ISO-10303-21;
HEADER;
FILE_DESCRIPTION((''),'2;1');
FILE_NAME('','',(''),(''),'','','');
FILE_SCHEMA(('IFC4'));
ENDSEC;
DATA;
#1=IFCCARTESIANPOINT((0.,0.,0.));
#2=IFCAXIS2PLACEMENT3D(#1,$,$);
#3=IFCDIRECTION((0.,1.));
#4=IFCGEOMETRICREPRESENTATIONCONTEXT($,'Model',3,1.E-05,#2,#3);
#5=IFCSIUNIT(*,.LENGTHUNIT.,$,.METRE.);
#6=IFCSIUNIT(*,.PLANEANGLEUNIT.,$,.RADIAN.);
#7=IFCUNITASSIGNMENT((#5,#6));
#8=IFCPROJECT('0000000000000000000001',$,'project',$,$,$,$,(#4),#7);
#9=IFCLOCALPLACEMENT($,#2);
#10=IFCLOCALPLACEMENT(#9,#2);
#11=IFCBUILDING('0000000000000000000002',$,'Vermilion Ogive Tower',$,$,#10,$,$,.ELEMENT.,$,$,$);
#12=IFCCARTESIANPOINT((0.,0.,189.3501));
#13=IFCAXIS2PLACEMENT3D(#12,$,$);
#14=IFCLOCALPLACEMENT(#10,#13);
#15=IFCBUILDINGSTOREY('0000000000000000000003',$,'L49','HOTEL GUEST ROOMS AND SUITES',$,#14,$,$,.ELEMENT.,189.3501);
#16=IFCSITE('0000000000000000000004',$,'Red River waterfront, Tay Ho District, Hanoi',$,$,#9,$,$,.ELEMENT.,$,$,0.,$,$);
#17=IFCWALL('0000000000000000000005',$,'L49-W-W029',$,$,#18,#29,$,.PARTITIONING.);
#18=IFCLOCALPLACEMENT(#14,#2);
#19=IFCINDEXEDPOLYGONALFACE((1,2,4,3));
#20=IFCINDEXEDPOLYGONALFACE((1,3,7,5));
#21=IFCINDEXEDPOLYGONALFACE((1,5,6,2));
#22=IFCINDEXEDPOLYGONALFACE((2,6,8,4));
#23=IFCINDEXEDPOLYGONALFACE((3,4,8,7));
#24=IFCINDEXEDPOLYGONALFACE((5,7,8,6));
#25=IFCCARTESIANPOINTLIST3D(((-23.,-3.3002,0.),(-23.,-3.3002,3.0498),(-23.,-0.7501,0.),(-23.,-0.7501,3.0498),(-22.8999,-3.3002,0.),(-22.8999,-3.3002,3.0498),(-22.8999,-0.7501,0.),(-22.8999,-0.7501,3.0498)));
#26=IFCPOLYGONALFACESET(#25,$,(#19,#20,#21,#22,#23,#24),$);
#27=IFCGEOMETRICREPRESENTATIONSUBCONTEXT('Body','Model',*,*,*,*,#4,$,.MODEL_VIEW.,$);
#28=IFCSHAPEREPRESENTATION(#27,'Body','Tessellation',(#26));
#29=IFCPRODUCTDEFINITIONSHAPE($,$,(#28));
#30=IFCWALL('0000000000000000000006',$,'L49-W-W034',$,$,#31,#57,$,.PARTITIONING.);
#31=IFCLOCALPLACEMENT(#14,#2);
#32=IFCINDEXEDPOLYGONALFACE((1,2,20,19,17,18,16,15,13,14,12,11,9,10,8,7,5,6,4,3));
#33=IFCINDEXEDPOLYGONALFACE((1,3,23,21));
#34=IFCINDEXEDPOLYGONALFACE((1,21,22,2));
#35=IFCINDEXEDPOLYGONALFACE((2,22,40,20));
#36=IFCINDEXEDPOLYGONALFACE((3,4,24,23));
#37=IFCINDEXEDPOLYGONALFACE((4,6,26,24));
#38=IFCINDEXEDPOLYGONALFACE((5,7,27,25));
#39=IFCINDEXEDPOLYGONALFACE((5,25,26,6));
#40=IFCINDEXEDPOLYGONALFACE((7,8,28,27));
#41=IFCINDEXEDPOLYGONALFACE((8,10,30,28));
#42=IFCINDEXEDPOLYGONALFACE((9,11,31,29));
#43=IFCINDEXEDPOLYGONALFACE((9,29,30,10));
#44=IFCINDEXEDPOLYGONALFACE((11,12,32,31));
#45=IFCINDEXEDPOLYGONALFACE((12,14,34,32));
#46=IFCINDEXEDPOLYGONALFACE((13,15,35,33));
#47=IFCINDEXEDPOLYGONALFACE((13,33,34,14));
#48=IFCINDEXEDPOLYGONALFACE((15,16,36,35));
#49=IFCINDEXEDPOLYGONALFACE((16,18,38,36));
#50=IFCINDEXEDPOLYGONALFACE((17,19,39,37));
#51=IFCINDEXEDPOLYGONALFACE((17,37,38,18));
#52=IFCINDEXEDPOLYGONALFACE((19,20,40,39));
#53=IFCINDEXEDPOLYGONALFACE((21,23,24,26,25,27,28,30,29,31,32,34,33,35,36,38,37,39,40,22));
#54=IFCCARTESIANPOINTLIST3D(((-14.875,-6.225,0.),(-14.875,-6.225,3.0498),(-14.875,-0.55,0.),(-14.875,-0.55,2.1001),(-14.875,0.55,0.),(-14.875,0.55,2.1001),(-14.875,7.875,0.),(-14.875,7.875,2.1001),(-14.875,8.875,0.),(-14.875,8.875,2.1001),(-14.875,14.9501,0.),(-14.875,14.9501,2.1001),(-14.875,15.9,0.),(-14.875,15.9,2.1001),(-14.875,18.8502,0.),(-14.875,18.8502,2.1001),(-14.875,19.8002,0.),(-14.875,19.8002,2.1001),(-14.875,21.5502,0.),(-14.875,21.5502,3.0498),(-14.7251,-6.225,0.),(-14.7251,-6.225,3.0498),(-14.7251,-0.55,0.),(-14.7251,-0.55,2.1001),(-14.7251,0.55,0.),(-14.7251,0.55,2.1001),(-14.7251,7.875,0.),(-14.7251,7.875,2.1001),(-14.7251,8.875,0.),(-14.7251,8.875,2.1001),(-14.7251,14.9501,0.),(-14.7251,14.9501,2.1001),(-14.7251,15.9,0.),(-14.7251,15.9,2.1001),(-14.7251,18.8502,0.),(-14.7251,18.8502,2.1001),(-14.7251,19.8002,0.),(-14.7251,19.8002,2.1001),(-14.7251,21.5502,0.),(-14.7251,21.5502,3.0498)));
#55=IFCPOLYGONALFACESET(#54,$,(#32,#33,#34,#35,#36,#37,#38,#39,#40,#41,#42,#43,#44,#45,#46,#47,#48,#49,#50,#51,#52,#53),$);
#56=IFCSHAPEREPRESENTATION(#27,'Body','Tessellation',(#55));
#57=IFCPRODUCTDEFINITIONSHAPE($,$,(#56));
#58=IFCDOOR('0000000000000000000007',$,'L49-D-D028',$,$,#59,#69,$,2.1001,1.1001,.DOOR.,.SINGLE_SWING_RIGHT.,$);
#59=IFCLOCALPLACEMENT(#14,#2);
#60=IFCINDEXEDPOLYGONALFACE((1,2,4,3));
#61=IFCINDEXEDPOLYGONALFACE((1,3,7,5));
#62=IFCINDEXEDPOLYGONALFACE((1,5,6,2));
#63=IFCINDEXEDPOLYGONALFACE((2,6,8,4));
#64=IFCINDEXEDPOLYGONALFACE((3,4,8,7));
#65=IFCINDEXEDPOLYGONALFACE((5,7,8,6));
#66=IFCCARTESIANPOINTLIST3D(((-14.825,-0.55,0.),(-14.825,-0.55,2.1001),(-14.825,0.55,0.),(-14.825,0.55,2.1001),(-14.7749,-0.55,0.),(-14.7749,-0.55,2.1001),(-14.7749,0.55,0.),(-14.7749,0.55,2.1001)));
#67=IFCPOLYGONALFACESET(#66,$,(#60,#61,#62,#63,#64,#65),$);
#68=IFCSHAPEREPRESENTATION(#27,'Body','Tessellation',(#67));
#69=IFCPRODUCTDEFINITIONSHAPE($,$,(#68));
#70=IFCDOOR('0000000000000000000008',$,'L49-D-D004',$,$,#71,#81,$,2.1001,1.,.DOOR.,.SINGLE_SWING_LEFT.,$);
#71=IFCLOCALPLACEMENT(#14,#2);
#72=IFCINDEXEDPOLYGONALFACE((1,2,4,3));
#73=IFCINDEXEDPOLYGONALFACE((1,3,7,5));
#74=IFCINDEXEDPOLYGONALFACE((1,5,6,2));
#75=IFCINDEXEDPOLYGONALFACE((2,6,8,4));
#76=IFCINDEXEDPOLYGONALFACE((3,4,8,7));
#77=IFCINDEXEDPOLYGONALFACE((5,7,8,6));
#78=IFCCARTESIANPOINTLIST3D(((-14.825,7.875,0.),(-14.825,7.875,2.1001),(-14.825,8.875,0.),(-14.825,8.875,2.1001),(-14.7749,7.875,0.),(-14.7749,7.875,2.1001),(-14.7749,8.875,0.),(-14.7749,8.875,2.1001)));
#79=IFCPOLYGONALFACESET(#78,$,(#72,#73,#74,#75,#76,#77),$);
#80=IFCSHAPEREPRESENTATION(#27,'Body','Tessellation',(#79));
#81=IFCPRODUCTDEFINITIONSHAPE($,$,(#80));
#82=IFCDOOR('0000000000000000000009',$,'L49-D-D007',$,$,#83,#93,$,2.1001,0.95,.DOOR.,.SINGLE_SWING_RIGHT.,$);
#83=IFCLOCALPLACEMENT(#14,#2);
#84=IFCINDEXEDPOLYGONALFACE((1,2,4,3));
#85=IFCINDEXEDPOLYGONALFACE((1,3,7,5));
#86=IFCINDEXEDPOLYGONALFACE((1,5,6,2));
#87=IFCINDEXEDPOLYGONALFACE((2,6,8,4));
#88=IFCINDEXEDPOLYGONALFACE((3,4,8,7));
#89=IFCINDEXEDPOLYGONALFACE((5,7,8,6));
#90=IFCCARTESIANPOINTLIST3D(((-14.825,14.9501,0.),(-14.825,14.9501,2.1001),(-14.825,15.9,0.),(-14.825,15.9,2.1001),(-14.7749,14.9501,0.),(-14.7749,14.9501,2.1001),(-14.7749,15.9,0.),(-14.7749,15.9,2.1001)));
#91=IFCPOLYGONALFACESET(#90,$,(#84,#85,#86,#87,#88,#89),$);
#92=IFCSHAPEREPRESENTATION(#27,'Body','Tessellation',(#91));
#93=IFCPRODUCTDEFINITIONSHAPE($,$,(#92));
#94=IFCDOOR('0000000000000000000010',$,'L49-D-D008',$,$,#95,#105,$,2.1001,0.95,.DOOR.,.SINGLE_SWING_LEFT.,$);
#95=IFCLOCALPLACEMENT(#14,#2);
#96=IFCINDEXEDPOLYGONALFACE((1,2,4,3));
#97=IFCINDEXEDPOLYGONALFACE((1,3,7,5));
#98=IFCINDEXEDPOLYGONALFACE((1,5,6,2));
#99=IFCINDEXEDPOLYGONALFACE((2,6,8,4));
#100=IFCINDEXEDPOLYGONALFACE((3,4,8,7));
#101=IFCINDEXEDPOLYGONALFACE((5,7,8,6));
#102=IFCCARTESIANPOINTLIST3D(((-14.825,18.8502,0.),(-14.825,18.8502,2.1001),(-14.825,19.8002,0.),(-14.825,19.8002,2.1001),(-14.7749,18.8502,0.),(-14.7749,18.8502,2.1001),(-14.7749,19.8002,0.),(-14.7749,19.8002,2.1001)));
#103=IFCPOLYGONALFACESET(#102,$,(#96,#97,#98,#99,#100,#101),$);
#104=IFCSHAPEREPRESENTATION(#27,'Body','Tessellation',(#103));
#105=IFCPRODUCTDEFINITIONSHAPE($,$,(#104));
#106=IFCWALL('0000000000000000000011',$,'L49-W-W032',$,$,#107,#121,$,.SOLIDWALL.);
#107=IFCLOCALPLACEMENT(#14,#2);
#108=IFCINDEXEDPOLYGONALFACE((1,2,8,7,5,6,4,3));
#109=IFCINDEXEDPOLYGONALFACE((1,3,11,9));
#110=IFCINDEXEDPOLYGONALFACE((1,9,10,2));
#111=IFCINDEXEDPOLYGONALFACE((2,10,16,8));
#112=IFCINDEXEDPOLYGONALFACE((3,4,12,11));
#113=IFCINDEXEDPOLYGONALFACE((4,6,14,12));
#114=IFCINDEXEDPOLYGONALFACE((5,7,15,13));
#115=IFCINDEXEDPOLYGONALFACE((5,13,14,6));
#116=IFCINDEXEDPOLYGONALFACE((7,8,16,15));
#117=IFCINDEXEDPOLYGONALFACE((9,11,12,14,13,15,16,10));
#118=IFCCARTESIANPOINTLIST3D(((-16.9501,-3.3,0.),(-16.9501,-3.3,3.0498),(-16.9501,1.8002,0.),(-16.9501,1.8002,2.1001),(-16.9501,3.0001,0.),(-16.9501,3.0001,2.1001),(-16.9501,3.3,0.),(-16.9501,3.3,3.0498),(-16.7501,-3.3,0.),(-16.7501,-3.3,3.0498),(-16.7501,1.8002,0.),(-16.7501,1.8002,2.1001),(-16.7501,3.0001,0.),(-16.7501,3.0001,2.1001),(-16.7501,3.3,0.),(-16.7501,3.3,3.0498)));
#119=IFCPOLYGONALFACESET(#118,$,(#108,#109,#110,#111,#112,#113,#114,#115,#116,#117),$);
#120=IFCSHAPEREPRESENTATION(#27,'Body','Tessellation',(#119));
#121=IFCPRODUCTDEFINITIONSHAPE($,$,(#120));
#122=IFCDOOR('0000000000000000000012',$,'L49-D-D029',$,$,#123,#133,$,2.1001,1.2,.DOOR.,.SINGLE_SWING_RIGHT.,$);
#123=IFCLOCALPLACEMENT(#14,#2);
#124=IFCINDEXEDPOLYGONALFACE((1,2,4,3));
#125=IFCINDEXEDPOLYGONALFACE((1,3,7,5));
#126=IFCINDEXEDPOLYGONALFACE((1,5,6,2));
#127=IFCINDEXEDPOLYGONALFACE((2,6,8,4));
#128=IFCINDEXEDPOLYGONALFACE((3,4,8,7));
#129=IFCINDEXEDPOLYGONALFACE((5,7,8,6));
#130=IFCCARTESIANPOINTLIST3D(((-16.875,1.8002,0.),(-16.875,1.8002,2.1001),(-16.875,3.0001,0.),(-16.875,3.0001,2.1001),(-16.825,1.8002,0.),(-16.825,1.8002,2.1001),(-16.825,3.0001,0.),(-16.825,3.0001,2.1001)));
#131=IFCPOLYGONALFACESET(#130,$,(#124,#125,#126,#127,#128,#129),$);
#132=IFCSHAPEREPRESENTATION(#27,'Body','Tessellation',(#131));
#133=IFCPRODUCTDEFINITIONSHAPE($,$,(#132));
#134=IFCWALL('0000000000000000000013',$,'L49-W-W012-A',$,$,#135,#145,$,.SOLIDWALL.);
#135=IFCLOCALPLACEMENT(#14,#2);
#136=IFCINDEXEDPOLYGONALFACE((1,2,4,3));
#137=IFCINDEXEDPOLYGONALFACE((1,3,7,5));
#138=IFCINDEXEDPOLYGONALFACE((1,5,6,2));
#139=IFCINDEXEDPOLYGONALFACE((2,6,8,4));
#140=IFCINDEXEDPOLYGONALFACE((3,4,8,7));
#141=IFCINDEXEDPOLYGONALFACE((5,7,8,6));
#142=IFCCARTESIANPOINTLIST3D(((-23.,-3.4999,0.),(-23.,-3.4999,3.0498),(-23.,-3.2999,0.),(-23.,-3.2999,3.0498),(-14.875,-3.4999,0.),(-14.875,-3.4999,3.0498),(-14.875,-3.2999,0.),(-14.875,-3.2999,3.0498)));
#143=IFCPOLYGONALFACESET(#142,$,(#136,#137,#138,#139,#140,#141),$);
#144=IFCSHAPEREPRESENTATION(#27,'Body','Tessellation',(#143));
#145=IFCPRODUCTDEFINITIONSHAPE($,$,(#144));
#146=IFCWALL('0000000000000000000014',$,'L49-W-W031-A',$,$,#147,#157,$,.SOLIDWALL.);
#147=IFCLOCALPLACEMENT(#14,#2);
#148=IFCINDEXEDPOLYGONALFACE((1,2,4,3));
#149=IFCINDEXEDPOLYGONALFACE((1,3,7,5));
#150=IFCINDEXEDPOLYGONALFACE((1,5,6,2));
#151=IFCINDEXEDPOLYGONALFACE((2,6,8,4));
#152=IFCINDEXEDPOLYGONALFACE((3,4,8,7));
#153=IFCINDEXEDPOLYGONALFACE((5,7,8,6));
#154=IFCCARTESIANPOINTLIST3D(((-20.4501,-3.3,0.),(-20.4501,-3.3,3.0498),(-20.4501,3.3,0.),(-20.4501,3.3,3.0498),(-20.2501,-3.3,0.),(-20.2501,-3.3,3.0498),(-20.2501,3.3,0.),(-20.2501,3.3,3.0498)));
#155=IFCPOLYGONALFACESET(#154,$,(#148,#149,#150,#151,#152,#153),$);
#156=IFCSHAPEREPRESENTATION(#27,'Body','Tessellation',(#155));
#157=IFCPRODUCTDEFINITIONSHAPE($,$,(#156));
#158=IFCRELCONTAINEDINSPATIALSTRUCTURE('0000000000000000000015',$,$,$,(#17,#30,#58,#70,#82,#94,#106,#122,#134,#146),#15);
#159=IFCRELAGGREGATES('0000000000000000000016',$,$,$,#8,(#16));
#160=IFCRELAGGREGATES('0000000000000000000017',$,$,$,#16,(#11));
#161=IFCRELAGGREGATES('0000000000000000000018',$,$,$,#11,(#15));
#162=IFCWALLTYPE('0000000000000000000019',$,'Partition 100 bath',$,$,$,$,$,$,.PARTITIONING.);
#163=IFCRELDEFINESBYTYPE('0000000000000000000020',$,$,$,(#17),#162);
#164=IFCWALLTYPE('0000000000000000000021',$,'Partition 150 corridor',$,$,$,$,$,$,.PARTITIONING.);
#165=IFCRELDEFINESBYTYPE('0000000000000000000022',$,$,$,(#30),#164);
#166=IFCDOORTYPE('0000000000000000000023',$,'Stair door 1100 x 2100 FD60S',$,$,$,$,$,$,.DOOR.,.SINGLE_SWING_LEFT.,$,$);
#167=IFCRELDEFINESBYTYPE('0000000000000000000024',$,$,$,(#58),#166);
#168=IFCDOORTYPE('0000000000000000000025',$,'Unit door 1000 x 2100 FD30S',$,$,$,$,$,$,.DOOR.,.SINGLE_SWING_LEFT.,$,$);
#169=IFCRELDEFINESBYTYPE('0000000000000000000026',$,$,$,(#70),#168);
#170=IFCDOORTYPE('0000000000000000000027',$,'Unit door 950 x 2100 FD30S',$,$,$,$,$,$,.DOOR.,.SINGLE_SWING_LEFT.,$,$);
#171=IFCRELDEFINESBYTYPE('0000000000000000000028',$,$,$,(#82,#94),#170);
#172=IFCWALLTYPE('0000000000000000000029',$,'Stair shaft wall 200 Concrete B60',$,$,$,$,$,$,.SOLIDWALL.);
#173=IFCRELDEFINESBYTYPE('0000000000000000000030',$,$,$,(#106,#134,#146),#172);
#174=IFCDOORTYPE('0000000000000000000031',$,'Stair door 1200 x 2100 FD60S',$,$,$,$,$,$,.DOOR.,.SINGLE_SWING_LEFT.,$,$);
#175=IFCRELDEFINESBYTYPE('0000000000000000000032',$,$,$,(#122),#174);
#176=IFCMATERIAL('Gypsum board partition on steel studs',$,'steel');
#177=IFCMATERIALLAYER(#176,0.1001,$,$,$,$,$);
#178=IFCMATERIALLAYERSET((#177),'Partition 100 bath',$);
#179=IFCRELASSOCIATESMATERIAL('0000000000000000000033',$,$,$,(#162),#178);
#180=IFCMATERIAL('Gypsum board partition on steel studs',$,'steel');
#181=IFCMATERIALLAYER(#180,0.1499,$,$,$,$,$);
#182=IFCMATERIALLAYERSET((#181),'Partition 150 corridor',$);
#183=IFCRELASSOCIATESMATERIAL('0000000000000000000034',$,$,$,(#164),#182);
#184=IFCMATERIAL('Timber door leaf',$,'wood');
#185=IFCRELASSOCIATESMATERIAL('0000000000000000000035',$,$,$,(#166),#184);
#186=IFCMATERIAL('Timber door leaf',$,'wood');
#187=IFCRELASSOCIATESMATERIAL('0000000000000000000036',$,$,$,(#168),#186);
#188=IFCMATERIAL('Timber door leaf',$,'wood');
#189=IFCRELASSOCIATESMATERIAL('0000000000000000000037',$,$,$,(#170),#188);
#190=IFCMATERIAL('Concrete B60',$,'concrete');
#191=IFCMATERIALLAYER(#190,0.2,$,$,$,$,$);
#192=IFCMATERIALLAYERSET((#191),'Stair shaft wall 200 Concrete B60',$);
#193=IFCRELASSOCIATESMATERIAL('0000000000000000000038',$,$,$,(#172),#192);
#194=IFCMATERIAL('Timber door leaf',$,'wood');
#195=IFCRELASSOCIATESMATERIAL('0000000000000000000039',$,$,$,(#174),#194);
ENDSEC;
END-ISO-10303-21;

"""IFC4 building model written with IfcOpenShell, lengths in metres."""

from ifc_helpers import new_model, si_unit, direction, frame, frame_2d, origin, place, context, subcontext, project, spatial, rectangle, extrude, material, layer, layer_set, type_object, element, fill, save


model = new_model("IFC4")

# Units and contexts
model_context = context("Model", 3, precision=1e-05, world=origin(), true_north=direction((0.0, 1.0)))
body_context = subcontext(model_context, "Body", "Model", "MODEL_VIEW")
ifc_project = project(units=[si_unit("LENGTHUNIT", "METRE"), si_unit("PLANEANGLEUNIT", "RADIAN")], contexts=[model_context])

# Site, building, storey
site_placement = place(None, origin())
site = spatial("IfcSite", under=ifc_project, at=site_placement, Name="Red River waterfront, Tay Ho District, Hanoi", CompositionType="ELEMENT", RefElevation=0.0)
building_placement = place(site_placement, origin())
building = spatial("IfcBuilding", under=site, at=building_placement, Name="Vermilion Ogive Tower", CompositionType="ELEMENT")
storey_placement = place(building_placement, frame((0.0, 0.0, 189.3501)))
storey = spatial("IfcBuildingStorey", under=building, at=storey_placement, Name="L49", Description="HOTEL GUEST ROOMS AND SUITES", CompositionType="ELEMENT", Elevation=189.3501)

# Wall
ifc_material_1 = material(Name="Gypsum board partition on steel studs", Category="steel")
ifc_layer_1 = layer(ifc_material_1, 0.1001)
ifc_layer_set_1 = layer_set([ifc_layer_1], Name="Partition 100 bath")
wall_type_1 = type_object("IfcWallType", Name="Partition 100 bath", PredefinedType="PARTITIONING", material=ifc_layer_set_1)
wall_1_placement = place(storey_placement, frame((-22.95, -3.3, 0.0), z_axis=(0.0, 0.0, 1.0), x_axis=(0.0, 1.0, 0.0)))
element("IfcWall", 1, at=wall_1_placement, inside=storey, type_object=wall_type_1, Name="L49-W-W029", PredefinedType="PARTITIONING", context=body_context, shape_type="SweptSolid", body=[
    extrude(rectangle(XDim=2.55, YDim=0.1001, at=frame_2d((1.2749, 0.0))), origin(), (0.0, 0.0, 1.0), 3.0498),
])

# Wall, openings, doors
ifc_material_2 = material(Name="Gypsum board partition on steel studs", Category="steel")
ifc_layer_2 = layer(ifc_material_2, 0.1499)
ifc_layer_set_2 = layer_set([ifc_layer_2], Name="Partition 150 corridor")
wall_type_2 = type_object("IfcWallType", Name="Partition 150 corridor", PredefinedType="PARTITIONING", material=ifc_layer_set_2)
wall_2_placement = place(storey_placement, frame((-14.8, -6.2251, 0.0), z_axis=(0.0, 0.0, 1.0), x_axis=(0.0, 1.0, 0.0)))
wall_2 = element("IfcWall", 2, at=wall_2_placement, inside=storey, type_object=wall_type_2, Name="L49-W-W034", PredefinedType="PARTITIONING", context=body_context, shape_type="SweptSolid", body=[
    extrude(rectangle(XDim=27.7751, YDim=0.1499, at=frame_2d((13.8877, 0.0))), origin(), (0.0, 0.0, 1.0), 3.0498),
])
opening_1_placement = place(wall_2_placement, frame((14.1001, 0.0, 0.0)))
opening_1 = element("IfcOpeningElement", 3, at=opening_1_placement, cuts=wall_2, PredefinedType="OPENING", context=body_context, shape_type="SweptSolid", body=[
    extrude(rectangle(XDim=1.0, YDim=2.1001, at=frame_2d((0.5, 1.05))), frame((0.0, 0.085, 0.0), z_axis=(0.0, -1.0, 0.0), x_axis=(1.0, 0.0, 0.0)), (0.0, 0.0, 1.0), 0.1699),
])
opening_2_placement = place(wall_2_placement, frame((21.175, 0.0, 0.0)))
opening_2 = element("IfcOpeningElement", 4, at=opening_2_placement, cuts=wall_2, PredefinedType="OPENING", context=body_context, shape_type="SweptSolid", body=[
    extrude(rectangle(XDim=0.95, YDim=2.1001, at=frame_2d((0.4751, 1.05))), frame((0.0, 0.085, 0.0), z_axis=(0.0, -1.0, 0.0), x_axis=(1.0, 0.0, 0.0)), (0.0, 0.0, 1.0), 0.1699),
])
opening_3_placement = place(wall_2_placement, frame((25.0752, 0.0, 0.0)))
opening_3 = element("IfcOpeningElement", 5, at=opening_3_placement, cuts=wall_2, PredefinedType="OPENING", context=body_context, shape_type="SweptSolid", body=[
    extrude(rectangle(XDim=0.95, YDim=2.1001, at=frame_2d((0.4751, 1.05))), frame((0.0, 0.085, 0.0), z_axis=(0.0, -1.0, 0.0), x_axis=(1.0, 0.0, 0.0)), (0.0, 0.0, 1.0), 0.1699),
])
opening_4_placement = place(wall_2_placement, frame((5.675, 0.0, 0.0)))
opening_4 = element("IfcOpeningElement", 6, at=opening_4_placement, cuts=wall_2, PredefinedType="OPENING", context=body_context, shape_type="SweptSolid", body=[
    extrude(rectangle(XDim=1.1001, YDim=2.1001, at=frame_2d((0.55, 1.05))), frame((0.0, 0.085, 0.0), z_axis=(0.0, -1.0, 0.0), x_axis=(1.0, 0.0, 0.0)), (0.0, 0.0, 1.0), 0.1699),
])
ifc_material_3 = material(Name="Timber door leaf", Category="wood")
door_type_1 = type_object("IfcDoorType", Name="Stair door 1100 x 2100 FD60S", OperationType="SINGLE_SWING_LEFT", PredefinedType="DOOR", material=ifc_material_3)
door_1_placement = place(opening_4_placement, origin())
door_1 = element("IfcDoor", 7, at=door_1_placement, inside=storey, type_object=door_type_1, Name="L49-D-D028", OperationType="SINGLE_SWING_RIGHT", OverallHeight=2.1001, OverallWidth=1.1001, PredefinedType="DOOR", context=body_context, shape_type="SweptSolid", body=[
    extrude(rectangle(XDim=1.1001, YDim=2.1001, at=frame_2d((0.55, 1.05))), frame((0.0, 0.0249, 0.0), z_axis=(0.0, -1.0, 0.0), x_axis=(1.0, 0.0, 0.0)), (0.0, 0.0, 1.0), 0.05),
])
fill(opening_4, door_1)
ifc_material_4 = material(Name="Timber door leaf", Category="wood")
door_type_2 = type_object("IfcDoorType", Name="Unit door 1000 x 2100 FD30S", OperationType="SINGLE_SWING_LEFT", PredefinedType="DOOR", material=ifc_material_4)
door_2_placement = place(opening_1_placement, origin())
door_2 = element("IfcDoor", 8, at=door_2_placement, inside=storey, type_object=door_type_2, Name="L49-D-D004", OperationType="SINGLE_SWING_LEFT", OverallHeight=2.1001, OverallWidth=1.0, PredefinedType="DOOR", context=body_context, shape_type="SweptSolid", body=[
    extrude(rectangle(XDim=1.0, YDim=2.1001, at=frame_2d((0.5, 1.05))), frame((0.0, 0.0249, 0.0), z_axis=(0.0, -1.0, 0.0), x_axis=(1.0, 0.0, 0.0)), (0.0, 0.0, 1.0), 0.05),
])
fill(opening_1, door_2)
ifc_material_5 = material(Name="Timber door leaf", Category="wood")
door_type_3 = type_object("IfcDoorType", Name="Unit door 950 x 2100 FD30S", OperationType="SINGLE_SWING_LEFT", PredefinedType="DOOR", material=ifc_material_5)
door_3_placement = place(opening_2_placement, origin())
door_3 = element("IfcDoor", 9, at=door_3_placement, inside=storey, type_object=door_type_3, Name="L49-D-D007", OperationType="SINGLE_SWING_RIGHT", OverallHeight=2.1001, OverallWidth=0.95, PredefinedType="DOOR", context=body_context, shape_type="SweptSolid", body=[
    extrude(rectangle(XDim=0.95, YDim=2.1001, at=frame_2d((0.4751, 1.05))), frame((0.0, 0.0249, 0.0), z_axis=(0.0, -1.0, 0.0), x_axis=(1.0, 0.0, 0.0)), (0.0, 0.0, 1.0), 0.05),
])
fill(opening_2, door_3)
door_4_placement = place(opening_3_placement, origin())
door_4 = element("IfcDoor", 10, at=door_4_placement, inside=storey, type_object=door_type_3, Name="L49-D-D008", OperationType="SINGLE_SWING_LEFT", OverallHeight=2.1001, OverallWidth=0.95, PredefinedType="DOOR", context=body_context, shape_type="SweptSolid", body=[
    extrude(rectangle(XDim=0.95, YDim=2.1001, at=frame_2d((0.4751, 1.05))), frame((0.0, 0.0249, 0.0), z_axis=(0.0, -1.0, 0.0), x_axis=(1.0, 0.0, 0.0)), (0.0, 0.0, 1.0), 0.05),
])
fill(opening_3, door_4)

# Wall, opening, door
ifc_material_6 = material(Name="Concrete B60", Category="concrete")
ifc_layer_3 = layer(ifc_material_6, 0.2)
ifc_layer_set_3 = layer_set([ifc_layer_3], Name="Stair shaft wall 200 Concrete B60")
wall_type_3 = type_object("IfcWallType", Name="Stair shaft wall 200 Concrete B60", PredefinedType="SOLIDWALL", material=ifc_layer_set_3)
wall_3_placement = place(storey_placement, frame((-16.8501, -3.3, 0.0), z_axis=(0.0, 0.0, 1.0), x_axis=(0.0, 1.0, 0.0)))
wall_3 = element("IfcWall", 11, at=wall_3_placement, inside=storey, type_object=wall_type_3, Name="L49-W-W032", PredefinedType="SOLIDWALL", context=body_context, shape_type="SweptSolid", body=[
    extrude(rectangle(XDim=6.6001, YDim=0.2, at=frame_2d((3.3, 0.0))), origin(), (0.0, 0.0, 1.0), 3.0498),
])
opening_5_placement = place(wall_3_placement, frame((5.1001, 0.0, 0.0)))
opening_5 = element("IfcOpeningElement", 12, at=opening_5_placement, cuts=wall_3, PredefinedType="OPENING", context=body_context, shape_type="SweptSolid", body=[
    extrude(rectangle(XDim=1.2, YDim=2.1001, at=frame_2d((0.6001, 1.05))), frame((0.0, 0.1099, 0.0), z_axis=(0.0, -1.0, 0.0), x_axis=(1.0, 0.0, 0.0)), (0.0, 0.0, 1.0), 0.22),
])
ifc_material_7 = material(Name="Timber door leaf", Category="wood")
door_type_4 = type_object("IfcDoorType", Name="Stair door 1200 x 2100 FD60S", OperationType="SINGLE_SWING_LEFT", PredefinedType="DOOR", material=ifc_material_7)
door_5_placement = place(opening_5_placement, origin())
door_5 = element("IfcDoor", 13, at=door_5_placement, inside=storey, type_object=door_type_4, Name="L49-D-D029", OperationType="SINGLE_SWING_RIGHT", OverallHeight=2.1001, OverallWidth=1.2, PredefinedType="DOOR", context=body_context, shape_type="SweptSolid", body=[
    extrude(rectangle(XDim=1.2, YDim=2.1001, at=frame_2d((0.6001, 1.05))), frame((0.0, 0.0249, 0.0), z_axis=(0.0, -1.0, 0.0), x_axis=(1.0, 0.0, 0.0)), (0.0, 0.0, 1.0), 0.05),
])
fill(opening_5, door_5)

# Walls
wall_4_placement = place(storey_placement, frame((-23.0, -3.3999, 0.0), z_axis=(0.0, 0.0, 1.0), x_axis=(1.0, 0.0, 0.0)))
element("IfcWall", 14, at=wall_4_placement, inside=storey, type_object=wall_type_3, Name="L49-W-W012-A", PredefinedType="SOLIDWALL", context=body_context, shape_type="SweptSolid", body=[
    extrude(rectangle(XDim=8.125, YDim=0.2, at=frame_2d((4.0625, 0.0))), origin(), (0.0, 0.0, 1.0), 3.0498),
])
wall_5_placement = place(storey_placement, frame((-20.3501, -3.3, 0.0), z_axis=(0.0, 0.0, 1.0), x_axis=(0.0, 1.0, 0.0)))
element("IfcWall", 15, at=wall_5_placement, inside=storey, type_object=wall_type_3, Name="L49-W-W031-A", PredefinedType="SOLIDWALL", context=body_context, shape_type="SweptSolid", body=[
    extrude(rectangle(XDim=6.6001, YDim=0.2, at=frame_2d((3.3, 0.0))), origin(), (0.0, 0.0, 1.0), 3.0498),
])

save(model, "model.ifc")
